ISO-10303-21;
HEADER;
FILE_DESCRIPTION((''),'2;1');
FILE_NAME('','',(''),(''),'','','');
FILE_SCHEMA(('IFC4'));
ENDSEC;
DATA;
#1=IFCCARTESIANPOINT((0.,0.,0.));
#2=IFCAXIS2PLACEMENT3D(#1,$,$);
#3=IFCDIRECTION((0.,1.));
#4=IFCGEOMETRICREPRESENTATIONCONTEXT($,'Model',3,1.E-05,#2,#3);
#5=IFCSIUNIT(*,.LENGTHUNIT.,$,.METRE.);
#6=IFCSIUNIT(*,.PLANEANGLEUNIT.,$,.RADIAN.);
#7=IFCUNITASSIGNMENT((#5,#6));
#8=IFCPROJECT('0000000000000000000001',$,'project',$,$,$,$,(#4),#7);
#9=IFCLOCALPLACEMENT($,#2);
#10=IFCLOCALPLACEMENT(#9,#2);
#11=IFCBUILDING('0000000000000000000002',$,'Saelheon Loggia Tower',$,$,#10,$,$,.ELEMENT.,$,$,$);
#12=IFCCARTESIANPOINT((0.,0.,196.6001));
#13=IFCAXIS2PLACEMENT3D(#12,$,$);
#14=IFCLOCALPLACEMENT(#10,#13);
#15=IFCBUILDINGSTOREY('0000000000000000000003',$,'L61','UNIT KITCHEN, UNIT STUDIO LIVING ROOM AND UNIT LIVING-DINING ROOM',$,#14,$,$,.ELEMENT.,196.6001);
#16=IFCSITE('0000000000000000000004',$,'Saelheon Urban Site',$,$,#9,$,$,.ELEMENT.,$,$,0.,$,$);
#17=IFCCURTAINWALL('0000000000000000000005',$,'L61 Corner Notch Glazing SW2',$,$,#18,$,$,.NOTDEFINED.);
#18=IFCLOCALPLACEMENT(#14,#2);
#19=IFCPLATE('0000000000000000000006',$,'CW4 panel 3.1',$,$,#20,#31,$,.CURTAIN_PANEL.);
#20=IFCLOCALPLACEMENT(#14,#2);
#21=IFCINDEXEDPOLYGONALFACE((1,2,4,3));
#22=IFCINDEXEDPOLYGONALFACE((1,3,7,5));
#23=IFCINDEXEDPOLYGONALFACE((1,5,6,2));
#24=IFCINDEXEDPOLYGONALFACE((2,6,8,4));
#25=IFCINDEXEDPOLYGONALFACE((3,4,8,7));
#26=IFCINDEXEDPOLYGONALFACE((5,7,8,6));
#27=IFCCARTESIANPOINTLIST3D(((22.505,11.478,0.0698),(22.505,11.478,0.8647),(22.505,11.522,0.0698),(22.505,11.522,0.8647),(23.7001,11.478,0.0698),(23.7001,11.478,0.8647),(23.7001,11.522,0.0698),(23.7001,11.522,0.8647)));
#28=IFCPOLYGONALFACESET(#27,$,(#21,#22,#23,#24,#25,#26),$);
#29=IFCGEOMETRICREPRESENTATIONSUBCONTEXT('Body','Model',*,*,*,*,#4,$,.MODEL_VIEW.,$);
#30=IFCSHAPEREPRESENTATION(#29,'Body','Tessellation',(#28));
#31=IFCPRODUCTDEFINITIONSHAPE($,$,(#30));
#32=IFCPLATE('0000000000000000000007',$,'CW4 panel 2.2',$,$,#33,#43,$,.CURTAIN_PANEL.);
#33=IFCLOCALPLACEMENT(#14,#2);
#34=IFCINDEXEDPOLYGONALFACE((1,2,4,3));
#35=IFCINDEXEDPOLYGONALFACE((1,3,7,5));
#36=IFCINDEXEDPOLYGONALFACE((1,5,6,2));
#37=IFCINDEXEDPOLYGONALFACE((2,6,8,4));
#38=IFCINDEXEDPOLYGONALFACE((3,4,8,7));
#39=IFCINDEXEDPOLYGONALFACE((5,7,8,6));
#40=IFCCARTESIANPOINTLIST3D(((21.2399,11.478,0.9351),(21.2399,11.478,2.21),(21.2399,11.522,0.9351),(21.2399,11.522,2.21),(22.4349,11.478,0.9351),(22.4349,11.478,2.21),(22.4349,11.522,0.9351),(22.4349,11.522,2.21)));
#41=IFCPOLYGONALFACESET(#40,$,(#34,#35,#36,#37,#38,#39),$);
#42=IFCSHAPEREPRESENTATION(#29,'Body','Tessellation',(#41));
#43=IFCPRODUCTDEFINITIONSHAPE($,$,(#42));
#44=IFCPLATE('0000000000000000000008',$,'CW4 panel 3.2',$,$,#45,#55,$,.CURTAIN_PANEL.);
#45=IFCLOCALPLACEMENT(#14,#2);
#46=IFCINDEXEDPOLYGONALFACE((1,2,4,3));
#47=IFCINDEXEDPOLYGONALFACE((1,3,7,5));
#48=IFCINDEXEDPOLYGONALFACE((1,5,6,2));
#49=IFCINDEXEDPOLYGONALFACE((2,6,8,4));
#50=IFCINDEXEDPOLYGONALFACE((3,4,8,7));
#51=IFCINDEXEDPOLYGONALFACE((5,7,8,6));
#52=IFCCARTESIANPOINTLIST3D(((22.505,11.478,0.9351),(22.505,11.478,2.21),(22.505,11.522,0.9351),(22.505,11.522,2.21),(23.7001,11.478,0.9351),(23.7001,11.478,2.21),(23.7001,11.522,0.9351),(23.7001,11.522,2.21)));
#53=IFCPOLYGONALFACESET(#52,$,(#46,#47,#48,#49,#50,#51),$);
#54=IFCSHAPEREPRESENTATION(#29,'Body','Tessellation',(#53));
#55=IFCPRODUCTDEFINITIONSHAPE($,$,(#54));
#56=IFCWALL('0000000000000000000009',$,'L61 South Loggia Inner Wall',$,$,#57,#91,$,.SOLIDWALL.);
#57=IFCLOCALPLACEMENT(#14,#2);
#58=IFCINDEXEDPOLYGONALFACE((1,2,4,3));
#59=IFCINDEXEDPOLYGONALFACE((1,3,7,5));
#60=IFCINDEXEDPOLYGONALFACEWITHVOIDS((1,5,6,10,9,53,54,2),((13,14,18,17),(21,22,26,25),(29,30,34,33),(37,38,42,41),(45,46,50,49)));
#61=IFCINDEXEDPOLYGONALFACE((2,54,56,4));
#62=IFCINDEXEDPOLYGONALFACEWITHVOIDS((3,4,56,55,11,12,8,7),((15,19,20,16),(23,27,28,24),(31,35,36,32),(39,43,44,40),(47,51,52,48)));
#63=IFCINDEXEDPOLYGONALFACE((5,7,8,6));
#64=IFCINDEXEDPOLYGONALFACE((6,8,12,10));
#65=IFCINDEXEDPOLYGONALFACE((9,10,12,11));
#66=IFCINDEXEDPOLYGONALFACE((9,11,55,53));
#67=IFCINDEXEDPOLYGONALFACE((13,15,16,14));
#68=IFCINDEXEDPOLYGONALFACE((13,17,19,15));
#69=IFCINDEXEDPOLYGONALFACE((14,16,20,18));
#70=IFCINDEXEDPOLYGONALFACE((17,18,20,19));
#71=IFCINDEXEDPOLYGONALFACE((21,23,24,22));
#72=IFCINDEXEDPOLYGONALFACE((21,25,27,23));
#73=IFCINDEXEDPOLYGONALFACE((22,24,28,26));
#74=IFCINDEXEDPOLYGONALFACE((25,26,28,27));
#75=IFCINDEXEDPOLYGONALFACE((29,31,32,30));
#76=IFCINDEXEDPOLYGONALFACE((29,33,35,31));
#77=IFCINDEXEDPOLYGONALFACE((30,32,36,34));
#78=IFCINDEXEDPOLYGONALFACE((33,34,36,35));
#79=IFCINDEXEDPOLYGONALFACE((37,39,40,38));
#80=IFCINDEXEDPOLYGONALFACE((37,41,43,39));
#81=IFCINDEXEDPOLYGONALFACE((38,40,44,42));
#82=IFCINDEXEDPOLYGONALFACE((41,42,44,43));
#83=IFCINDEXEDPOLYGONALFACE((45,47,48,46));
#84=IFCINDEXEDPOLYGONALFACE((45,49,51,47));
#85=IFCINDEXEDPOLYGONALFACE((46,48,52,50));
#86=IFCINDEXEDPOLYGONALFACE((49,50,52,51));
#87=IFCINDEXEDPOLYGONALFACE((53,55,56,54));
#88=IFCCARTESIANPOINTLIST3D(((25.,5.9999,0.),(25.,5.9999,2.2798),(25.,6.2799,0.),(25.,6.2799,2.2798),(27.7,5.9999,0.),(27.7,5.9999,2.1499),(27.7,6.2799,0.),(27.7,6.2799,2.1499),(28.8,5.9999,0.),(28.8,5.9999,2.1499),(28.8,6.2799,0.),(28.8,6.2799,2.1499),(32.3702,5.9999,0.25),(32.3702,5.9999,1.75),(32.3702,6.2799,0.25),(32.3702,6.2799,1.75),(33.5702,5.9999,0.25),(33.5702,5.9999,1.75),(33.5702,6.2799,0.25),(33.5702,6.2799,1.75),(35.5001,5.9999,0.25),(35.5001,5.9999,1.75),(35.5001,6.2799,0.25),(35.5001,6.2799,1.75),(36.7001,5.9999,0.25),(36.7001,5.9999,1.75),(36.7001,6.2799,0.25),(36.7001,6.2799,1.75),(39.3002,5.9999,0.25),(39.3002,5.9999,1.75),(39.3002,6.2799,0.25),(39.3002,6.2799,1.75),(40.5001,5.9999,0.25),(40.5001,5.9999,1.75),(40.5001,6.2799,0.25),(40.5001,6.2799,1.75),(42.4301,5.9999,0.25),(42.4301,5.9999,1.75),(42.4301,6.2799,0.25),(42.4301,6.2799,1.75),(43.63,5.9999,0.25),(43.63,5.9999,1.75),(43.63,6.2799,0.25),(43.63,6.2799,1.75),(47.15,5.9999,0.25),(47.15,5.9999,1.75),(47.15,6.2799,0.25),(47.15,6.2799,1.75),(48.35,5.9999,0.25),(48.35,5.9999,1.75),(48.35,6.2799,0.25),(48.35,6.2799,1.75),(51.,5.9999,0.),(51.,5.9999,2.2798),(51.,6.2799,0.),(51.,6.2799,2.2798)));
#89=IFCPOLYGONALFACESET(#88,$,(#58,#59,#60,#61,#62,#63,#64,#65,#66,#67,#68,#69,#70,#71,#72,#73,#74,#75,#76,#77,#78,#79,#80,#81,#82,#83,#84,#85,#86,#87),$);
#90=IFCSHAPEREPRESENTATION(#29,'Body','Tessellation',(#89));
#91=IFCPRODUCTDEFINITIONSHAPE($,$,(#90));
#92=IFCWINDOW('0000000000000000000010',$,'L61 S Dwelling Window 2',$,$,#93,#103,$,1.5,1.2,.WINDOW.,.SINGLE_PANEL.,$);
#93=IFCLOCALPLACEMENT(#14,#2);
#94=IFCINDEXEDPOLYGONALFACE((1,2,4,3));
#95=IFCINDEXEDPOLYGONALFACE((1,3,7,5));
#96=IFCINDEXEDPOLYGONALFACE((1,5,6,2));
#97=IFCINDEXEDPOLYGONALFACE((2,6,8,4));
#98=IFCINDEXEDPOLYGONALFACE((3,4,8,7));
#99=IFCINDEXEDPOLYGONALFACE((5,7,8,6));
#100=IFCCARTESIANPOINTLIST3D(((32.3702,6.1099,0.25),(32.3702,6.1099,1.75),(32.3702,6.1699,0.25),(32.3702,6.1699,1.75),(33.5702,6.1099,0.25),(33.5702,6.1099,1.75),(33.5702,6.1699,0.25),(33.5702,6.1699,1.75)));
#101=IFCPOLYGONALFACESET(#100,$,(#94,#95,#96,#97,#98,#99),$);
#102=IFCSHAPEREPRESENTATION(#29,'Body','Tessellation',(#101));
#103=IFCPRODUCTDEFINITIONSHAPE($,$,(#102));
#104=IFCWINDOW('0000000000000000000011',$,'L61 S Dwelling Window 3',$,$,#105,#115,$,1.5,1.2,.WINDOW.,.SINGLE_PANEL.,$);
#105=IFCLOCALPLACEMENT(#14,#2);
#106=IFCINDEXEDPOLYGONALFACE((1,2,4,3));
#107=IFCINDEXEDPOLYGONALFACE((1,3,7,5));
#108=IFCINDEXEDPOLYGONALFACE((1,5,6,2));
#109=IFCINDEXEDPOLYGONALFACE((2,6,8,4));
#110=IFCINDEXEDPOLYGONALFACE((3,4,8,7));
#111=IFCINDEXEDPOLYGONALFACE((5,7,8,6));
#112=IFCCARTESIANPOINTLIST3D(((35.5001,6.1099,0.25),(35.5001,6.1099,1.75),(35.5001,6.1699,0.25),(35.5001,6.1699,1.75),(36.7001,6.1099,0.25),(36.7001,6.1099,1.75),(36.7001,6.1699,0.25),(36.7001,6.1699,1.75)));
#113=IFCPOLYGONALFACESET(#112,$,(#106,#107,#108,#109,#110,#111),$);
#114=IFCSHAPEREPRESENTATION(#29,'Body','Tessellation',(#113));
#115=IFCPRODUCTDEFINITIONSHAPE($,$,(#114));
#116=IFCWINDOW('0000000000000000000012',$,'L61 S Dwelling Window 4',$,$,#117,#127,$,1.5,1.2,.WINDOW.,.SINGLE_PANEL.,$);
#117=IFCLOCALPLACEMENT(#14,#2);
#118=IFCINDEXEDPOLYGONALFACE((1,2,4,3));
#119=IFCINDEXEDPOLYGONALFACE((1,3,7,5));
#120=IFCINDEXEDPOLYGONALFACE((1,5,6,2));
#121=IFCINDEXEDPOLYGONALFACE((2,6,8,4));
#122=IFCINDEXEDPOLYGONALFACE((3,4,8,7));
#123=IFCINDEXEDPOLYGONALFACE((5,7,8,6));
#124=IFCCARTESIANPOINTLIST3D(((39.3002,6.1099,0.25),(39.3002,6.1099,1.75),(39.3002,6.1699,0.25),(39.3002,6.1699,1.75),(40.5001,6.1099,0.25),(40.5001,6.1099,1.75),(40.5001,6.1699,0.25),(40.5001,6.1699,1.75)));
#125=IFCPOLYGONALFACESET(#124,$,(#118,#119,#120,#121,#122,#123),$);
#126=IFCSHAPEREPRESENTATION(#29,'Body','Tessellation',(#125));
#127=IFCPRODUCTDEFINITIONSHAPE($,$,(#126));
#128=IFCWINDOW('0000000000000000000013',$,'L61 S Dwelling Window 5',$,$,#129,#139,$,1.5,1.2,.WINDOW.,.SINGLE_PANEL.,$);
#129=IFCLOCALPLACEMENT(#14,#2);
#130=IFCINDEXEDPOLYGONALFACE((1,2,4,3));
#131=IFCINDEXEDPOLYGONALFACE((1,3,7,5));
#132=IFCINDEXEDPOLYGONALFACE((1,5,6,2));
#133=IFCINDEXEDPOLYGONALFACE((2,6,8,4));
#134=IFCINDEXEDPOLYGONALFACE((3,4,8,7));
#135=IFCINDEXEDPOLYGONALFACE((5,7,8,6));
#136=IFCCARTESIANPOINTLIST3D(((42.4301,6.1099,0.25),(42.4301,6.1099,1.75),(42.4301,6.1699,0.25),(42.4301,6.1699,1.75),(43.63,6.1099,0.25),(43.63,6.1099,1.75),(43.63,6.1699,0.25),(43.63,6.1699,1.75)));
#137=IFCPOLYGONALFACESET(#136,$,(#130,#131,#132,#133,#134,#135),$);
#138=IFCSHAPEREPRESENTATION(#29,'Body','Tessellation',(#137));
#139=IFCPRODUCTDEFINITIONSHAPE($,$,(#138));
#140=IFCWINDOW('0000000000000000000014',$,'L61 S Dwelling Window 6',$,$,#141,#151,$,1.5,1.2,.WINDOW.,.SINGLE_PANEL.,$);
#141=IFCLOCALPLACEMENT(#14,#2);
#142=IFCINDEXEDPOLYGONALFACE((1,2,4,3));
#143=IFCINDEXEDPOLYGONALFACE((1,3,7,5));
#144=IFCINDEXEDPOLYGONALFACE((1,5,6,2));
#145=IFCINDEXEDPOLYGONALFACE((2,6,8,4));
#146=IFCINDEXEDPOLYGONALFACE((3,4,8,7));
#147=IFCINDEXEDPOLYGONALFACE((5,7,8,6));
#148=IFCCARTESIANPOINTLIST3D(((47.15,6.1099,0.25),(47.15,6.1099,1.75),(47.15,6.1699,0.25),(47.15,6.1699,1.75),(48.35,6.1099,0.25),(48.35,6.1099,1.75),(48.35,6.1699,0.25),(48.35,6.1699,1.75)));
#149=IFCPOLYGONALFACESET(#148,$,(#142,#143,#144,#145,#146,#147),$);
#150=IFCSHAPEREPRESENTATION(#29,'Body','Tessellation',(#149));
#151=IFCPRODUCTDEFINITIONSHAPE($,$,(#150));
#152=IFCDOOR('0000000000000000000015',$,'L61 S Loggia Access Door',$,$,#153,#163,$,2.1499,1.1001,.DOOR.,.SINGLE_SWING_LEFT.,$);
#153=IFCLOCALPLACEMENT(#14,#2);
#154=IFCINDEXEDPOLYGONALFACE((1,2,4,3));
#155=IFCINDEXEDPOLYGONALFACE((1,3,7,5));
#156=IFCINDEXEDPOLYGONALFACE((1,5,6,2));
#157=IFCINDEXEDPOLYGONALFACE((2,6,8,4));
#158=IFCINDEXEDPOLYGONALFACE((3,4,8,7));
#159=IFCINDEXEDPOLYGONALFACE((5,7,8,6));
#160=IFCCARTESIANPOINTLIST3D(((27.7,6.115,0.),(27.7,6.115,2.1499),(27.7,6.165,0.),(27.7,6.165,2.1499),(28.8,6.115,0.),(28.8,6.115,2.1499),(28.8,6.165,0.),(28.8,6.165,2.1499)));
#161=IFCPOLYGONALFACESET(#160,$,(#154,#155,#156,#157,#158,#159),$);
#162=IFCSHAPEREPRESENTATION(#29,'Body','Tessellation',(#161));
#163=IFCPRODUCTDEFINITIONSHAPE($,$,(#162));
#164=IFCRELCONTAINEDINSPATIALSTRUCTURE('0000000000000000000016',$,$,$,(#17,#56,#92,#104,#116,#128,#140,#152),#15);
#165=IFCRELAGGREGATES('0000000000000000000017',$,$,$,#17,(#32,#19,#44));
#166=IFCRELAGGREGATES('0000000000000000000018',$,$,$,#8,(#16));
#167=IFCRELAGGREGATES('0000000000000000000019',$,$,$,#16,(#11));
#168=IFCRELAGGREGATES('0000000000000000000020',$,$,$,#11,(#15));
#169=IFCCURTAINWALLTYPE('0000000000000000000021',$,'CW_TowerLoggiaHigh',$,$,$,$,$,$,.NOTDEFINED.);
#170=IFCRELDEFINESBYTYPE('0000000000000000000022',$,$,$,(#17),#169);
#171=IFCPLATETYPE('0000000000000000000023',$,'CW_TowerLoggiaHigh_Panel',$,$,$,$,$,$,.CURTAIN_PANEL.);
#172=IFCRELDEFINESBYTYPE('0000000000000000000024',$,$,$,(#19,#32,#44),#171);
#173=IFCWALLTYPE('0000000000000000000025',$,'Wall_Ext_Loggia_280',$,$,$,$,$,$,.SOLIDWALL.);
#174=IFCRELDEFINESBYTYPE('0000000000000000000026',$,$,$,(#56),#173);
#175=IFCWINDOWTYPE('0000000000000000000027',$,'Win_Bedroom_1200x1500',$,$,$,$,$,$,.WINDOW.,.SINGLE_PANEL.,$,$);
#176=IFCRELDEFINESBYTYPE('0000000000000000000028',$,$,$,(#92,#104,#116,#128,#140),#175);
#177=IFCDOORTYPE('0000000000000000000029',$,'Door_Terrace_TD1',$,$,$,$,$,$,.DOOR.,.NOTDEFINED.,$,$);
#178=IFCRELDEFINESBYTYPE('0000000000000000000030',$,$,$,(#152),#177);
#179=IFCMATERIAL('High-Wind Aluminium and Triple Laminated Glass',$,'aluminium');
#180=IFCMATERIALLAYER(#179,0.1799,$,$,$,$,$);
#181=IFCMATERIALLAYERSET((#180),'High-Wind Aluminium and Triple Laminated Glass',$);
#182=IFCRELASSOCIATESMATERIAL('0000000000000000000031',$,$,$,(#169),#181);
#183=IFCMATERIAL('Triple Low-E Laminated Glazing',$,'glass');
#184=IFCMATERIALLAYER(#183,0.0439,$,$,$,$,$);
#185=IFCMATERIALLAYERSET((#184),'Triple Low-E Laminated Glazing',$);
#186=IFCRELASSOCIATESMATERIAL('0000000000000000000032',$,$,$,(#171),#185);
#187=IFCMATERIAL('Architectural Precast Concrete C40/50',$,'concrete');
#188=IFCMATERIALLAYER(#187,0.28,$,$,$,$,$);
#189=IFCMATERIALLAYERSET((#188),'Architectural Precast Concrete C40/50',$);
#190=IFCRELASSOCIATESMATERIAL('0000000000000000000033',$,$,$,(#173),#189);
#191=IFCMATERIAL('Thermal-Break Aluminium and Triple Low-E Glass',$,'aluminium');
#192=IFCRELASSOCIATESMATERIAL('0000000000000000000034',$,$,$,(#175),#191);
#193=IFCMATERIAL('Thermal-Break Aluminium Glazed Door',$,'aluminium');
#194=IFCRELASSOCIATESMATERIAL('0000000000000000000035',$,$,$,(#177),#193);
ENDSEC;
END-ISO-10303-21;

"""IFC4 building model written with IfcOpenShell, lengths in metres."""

from ifc_helpers import new_model, si_unit, direction, frame, frame_2d, origin, origin_2d, place, context, subcontext, project, spatial, rectangle, extrude, source, transform, mapped, material, layer, layer_set, type_object, element, fill, aggregate, save


model = new_model("IFC4")

# Units and contexts
model_context = context("Model", 3, precision=1e-05, world=origin(), true_north=direction((0.0, 1.0)))
body_context = subcontext(model_context, "Body", "Model", "MODEL_VIEW")
ifc_project = project(units=[si_unit("LENGTHUNIT", "METRE"), si_unit("PLANEANGLEUNIT", "RADIAN")], contexts=[model_context])

# Site, building, storey
site_placement = place(None, origin())
site = spatial("IfcSite", under=ifc_project, at=site_placement, Name="Saelheon Urban Site", CompositionType="ELEMENT", RefElevation=0.0)
building_placement = place(site_placement, origin())
building = spatial("IfcBuilding", under=site, at=building_placement, Name="Saelheon Loggia Tower", CompositionType="ELEMENT")
storey_placement = place(building_placement, frame((0.0, 0.0, 196.6001)))
storey = spatial("IfcBuildingStorey", under=building, at=storey_placement, Name="L61", Description="UNIT KITCHEN, UNIT STUDIO LIVING ROOM AND UNIT LIVING-DINING ROOM", CompositionType="ELEMENT", Elevation=196.6001)

# Curtain wall
ifc_material_1 = material(Name="High-Wind Aluminium and Triple Laminated Glass", Category="aluminium")
ifc_layer_1 = layer(ifc_material_1, 0.1799)
ifc_layer_set_1 = layer_set([ifc_layer_1], Name="High-Wind Aluminium and Triple Laminated Glass")
curtain_wall_type = type_object("IfcCurtainWallType", Name="CW_TowerLoggiaHigh", PredefinedType="NOTDEFINED", material=ifc_layer_set_1)
curtain_wall_1_placement = place(storey_placement, origin())
curtain_wall_1 = element("IfcCurtainWall", 1, at=curtain_wall_1_placement, inside=storey, type_object=curtain_wall_type, Name="L61 Corner Notch Glazing SW2", PredefinedType="NOTDEFINED")

# Plates
ifc_material_2 = material(Name="Triple Low-E Laminated Glazing", Category="glass")
ifc_layer_2 = layer(ifc_material_2, 0.0439)
ifc_layer_set_2 = layer_set([ifc_layer_2], Name="Triple Low-E Laminated Glazing")
plate_type = type_object("IfcPlateType", Name="CW_TowerLoggiaHigh_Panel", PredefinedType="CURTAIN_PANEL", material=ifc_layer_set_2)
shared_shape_1 = source(origin(), body_context, "Body", "SweptSolid", [
    extrude(rectangle(XDim=1.1951, YDim=0.0439, at=origin_2d()), origin(), (0.0, 0.0, 1.0), 0.7949),
])
plate_1_placement = place(storey_placement, frame((23.1025, 11.5, 0.0698), z_axis=(0.0, 0.0, 1.0), x_axis=(1.0, 0.0, 0.0)))
plate_1 = element("IfcPlate", 2, at=plate_1_placement, type_object=plate_type, Name="CW4 panel 3.1", PredefinedType="CURTAIN_PANEL", context=body_context, shape_type="MappedRepresentation", body=[
    mapped(shared_shape_1, transform((0.0, 0.0, 0.0), scale=1.0)),
])
shared_shape_2 = source(origin(), body_context, "Body", "SweptSolid", [
    extrude(rectangle(XDim=1.1951, YDim=0.0439, at=origin_2d()), origin(), (0.0, 0.0, 1.0), 1.2749),
])
plate_2_placement = place(storey_placement, frame((21.8374, 11.5, 0.9351), z_axis=(0.0, 0.0, 1.0), x_axis=(1.0, 0.0, 0.0)))
plate_2 = element("IfcPlate", 3, at=plate_2_placement, type_object=plate_type, Name="CW4 panel 2.2", PredefinedType="CURTAIN_PANEL", context=body_context, shape_type="MappedRepresentation", body=[
    mapped(shared_shape_2, transform((0.0, 0.0, 0.0), scale=1.0)),
])
plate_3_placement = place(storey_placement, frame((23.1025, 11.5, 0.9351), z_axis=(0.0, 0.0, 1.0), x_axis=(1.0, 0.0, 0.0)))
plate_3 = element("IfcPlate", 4, at=plate_3_placement, type_object=plate_type, Name="CW4 panel 3.2", PredefinedType="CURTAIN_PANEL", context=body_context, shape_type="MappedRepresentation", body=[
    mapped(shared_shape_2, transform((0.0, 0.0, 0.0), scale=1.0)),
])
aggregate(curtain_wall_1, [plate_2, plate_1, plate_3])

# Wall, openings, windows, door
ifc_material_3 = material(Name="Architectural Precast Concrete C40/50", Category="concrete")
ifc_layer_3 = layer(ifc_material_3, 0.28)
ifc_layer_set_3 = layer_set([ifc_layer_3], Name="Architectural Precast Concrete C40/50")
wall_type = type_object("IfcWallType", Name="Wall_Ext_Loggia_280", PredefinedType="SOLIDWALL", material=ifc_layer_set_3)
wall_placement = place(storey_placement, frame((25.0, 6.1399, 0.0), z_axis=(0.0, 0.0, 1.0), x_axis=(1.0, 0.0, 0.0)))
wall = element("IfcWall", 5, at=wall_placement, inside=storey, type_object=wall_type, Name="L61 South Loggia Inner Wall", PredefinedType="SOLIDWALL", context=body_context, shape_type="SweptSolid", body=[
    extrude(rectangle(XDim=26.0, YDim=0.28, at=frame_2d((13.0, 0.0))), origin(), (0.0, 0.0, 1.0), 2.2798),
])
opening_1_placement = place(wall_placement, frame((3.8, 0.0, 0.0), z_axis=(0.0, 0.0, 1.0), x_axis=(-1.0, 0.0, 0.0)))
opening_1 = element("IfcOpeningElement", 6, at=opening_1_placement, cuts=wall, PredefinedType="OPENING", context=body_context, shape_type="SweptSolid", body=[
    extrude(rectangle(XDim=1.1001, YDim=2.1499, at=frame_2d((0.55, 1.075))), frame((0.0, 0.1521, 0.0), z_axis=(0.0, -1.0, 0.0), x_axis=(1.0, 0.0, 0.0)), (0.0, 0.0, 1.0), 0.304),
])
opening_2_placement = place(wall_placement, frame((7.3701, 0.0, 0.25)))
opening_2 = element("IfcOpeningElement", 7, at=opening_2_placement, cuts=wall, PredefinedType="OPENING", context=body_context, shape_type="SweptSolid", body=[
    extrude(rectangle(XDim=1.2, YDim=1.5, at=frame_2d((0.6001, 0.75))), frame((0.0, 0.1521, 0.0), z_axis=(0.0, -1.0, 0.0), x_axis=(1.0, 0.0, 0.0)), (0.0, 0.0, 1.0), 0.304),
])
opening_3_placement = place(wall_placement, frame((10.5, 0.0, 0.25)))
opening_3 = element("IfcOpeningElement", 8, at=opening_3_placement, cuts=wall, PredefinedType="OPENING", context=body_context, shape_type="SweptSolid", body=[
    extrude(rectangle(XDim=1.2, YDim=1.5, at=frame_2d((0.6001, 0.75))), frame((0.0, 0.1521, 0.0), z_axis=(0.0, -1.0, 0.0), x_axis=(1.0, 0.0, 0.0)), (0.0, 0.0, 1.0), 0.304),
])
opening_4_placement = place(wall_placement, frame((14.3, 0.0, 0.25)))
opening_4 = element("IfcOpeningElement", 9, at=opening_4_placement, cuts=wall, PredefinedType="OPENING", context=body_context, shape_type="SweptSolid", body=[
    extrude(rectangle(XDim=1.2, YDim=1.5, at=frame_2d((0.6001, 0.75))), frame((0.0, 0.1521, 0.0), z_axis=(0.0, -1.0, 0.0), x_axis=(1.0, 0.0, 0.0)), (0.0, 0.0, 1.0), 0.304),
])
opening_5_placement = place(wall_placement, frame((17.4299, 0.0, 0.25)))
opening_5 = element("IfcOpeningElement", 10, at=opening_5_placement, cuts=wall, PredefinedType="OPENING", context=body_context, shape_type="SweptSolid", body=[
    extrude(rectangle(XDim=1.2, YDim=1.5, at=frame_2d((0.6001, 0.75))), frame((0.0, 0.1521, 0.0), z_axis=(0.0, -1.0, 0.0), x_axis=(1.0, 0.0, 0.0)), (0.0, 0.0, 1.0), 0.304),
])
opening_6_placement = place(wall_placement, frame((22.1499, 0.0, 0.25)))
opening_6 = element("IfcOpeningElement", 11, at=opening_6_placement, cuts=wall, PredefinedType="OPENING", context=body_context, shape_type="SweptSolid", body=[
    extrude(rectangle(XDim=1.2, YDim=1.5, at=frame_2d((0.6001, 0.75))), frame((0.0, 0.1521, 0.0), z_axis=(0.0, -1.0, 0.0), x_axis=(1.0, 0.0, 0.0)), (0.0, 0.0, 1.0), 0.304),
])
ifc_material_4 = material(Name="Thermal-Break Aluminium and Triple Low-E Glass", Category="aluminium")
window_type = type_object("IfcWindowType", Name="Win_Bedroom_1200x1500", PartitioningType="SINGLE_PANEL", PredefinedType="WINDOW", material=ifc_material_4)
shared_shape_3 = source(origin(), body_context, "Body", "SweptSolid", [
    extrude(rectangle(XDim=1.2, YDim=1.5, at=frame_2d((0.6001, 0.75))), frame((0.0, 0.03, 0.0), z_axis=(0.0, -1.0, 0.0), x_axis=(1.0, 0.0, 0.0)), (0.0, 0.0, 1.0), 0.0601),
])
window_1_placement = place(opening_2_placement, origin())
window_1 = element("IfcWindow", 12, at=window_1_placement, inside=storey, type_object=window_type, Name="L61 S Dwelling Window 2", OverallHeight=1.5, OverallWidth=1.2, PartitioningType="SINGLE_PANEL", PredefinedType="WINDOW", context=body_context, shape_type="MappedRepresentation", body=[
    mapped(shared_shape_3, transform((0.0, 0.0, 0.0), scale=1.0)),
])
fill(opening_2, window_1)
window_2_placement = place(opening_3_placement, origin())
window_2 = element("IfcWindow", 13, at=window_2_placement, inside=storey, type_object=window_type, Name="L61 S Dwelling Window 3", OverallHeight=1.5, OverallWidth=1.2, PartitioningType="SINGLE_PANEL", PredefinedType="WINDOW", context=body_context, shape_type="MappedRepresentation", body=[
    mapped(shared_shape_3, transform((0.0, 0.0, 0.0), scale=1.0)),
])
fill(opening_3, window_2)
window_3_placement = place(opening_4_placement, origin())
window_3 = element("IfcWindow", 14, at=window_3_placement, inside=storey, type_object=window_type, Name="L61 S Dwelling Window 4", OverallHeight=1.5, OverallWidth=1.2, PartitioningType="SINGLE_PANEL", PredefinedType="WINDOW", context=body_context, shape_type="MappedRepresentation", body=[
    mapped(shared_shape_3, transform((0.0, 0.0, 0.0), scale=1.0)),
])
fill(opening_4, window_3)
window_4_placement = place(opening_5_placement, origin())
window_4 = element("IfcWindow", 15, at=window_4_placement, inside=storey, type_object=window_type, Name="L61 S Dwelling Window 5", OverallHeight=1.5, OverallWidth=1.2, PartitioningType="SINGLE_PANEL", PredefinedType="WINDOW", context=body_context, shape_type="MappedRepresentation", body=[
    mapped(shared_shape_3, transform((0.0, 0.0, 0.0), scale=1.0)),
])
fill(opening_5, window_4)
window_5_placement = place(opening_6_placement, origin())
window_5 = element("IfcWindow", 16, at=window_5_placement, inside=storey, type_object=window_type, Name="L61 S Dwelling Window 6", OverallHeight=1.5, OverallWidth=1.2, PartitioningType="SINGLE_PANEL", PredefinedType="WINDOW", context=body_context, shape_type="MappedRepresentation", body=[
    mapped(shared_shape_3, transform((0.0, 0.0, 0.0), scale=1.0)),
])
fill(opening_6, window_5)
ifc_material_5 = material(Name="Thermal-Break Aluminium Glazed Door", Category="aluminium")
door_type = type_object("IfcDoorType", Name="Door_Terrace_TD1", OperationType="NOTDEFINED", PredefinedType="DOOR", material=ifc_material_5)
shared_shape_4 = source(origin(), body_context, "Body", "SweptSolid", [
    extrude(rectangle(XDim=1.1001, YDim=2.1499, at=frame_2d((0.55, 1.075))), frame((0.0, 0.0249, 0.0), z_axis=(0.0, -1.0, 0.0), x_axis=(1.0, 0.0, 0.0)), (0.0, 0.0, 1.0), 0.05),
])
door_placement = place(opening_1_placement, origin())
door = element("IfcDoor", 17, at=door_placement, inside=storey, type_object=door_type, Name="L61 S Loggia Access Door", OperationType="SINGLE_SWING_LEFT", OverallHeight=2.1499, OverallWidth=1.1001, PredefinedType="DOOR", context=body_context, shape_type="MappedRepresentation", body=[
    mapped(shared_shape_4, transform((0.0, 0.0, 0.0), scale=1.0)),
])
fill(opening_1, door)

save(model, "model.ifc")
